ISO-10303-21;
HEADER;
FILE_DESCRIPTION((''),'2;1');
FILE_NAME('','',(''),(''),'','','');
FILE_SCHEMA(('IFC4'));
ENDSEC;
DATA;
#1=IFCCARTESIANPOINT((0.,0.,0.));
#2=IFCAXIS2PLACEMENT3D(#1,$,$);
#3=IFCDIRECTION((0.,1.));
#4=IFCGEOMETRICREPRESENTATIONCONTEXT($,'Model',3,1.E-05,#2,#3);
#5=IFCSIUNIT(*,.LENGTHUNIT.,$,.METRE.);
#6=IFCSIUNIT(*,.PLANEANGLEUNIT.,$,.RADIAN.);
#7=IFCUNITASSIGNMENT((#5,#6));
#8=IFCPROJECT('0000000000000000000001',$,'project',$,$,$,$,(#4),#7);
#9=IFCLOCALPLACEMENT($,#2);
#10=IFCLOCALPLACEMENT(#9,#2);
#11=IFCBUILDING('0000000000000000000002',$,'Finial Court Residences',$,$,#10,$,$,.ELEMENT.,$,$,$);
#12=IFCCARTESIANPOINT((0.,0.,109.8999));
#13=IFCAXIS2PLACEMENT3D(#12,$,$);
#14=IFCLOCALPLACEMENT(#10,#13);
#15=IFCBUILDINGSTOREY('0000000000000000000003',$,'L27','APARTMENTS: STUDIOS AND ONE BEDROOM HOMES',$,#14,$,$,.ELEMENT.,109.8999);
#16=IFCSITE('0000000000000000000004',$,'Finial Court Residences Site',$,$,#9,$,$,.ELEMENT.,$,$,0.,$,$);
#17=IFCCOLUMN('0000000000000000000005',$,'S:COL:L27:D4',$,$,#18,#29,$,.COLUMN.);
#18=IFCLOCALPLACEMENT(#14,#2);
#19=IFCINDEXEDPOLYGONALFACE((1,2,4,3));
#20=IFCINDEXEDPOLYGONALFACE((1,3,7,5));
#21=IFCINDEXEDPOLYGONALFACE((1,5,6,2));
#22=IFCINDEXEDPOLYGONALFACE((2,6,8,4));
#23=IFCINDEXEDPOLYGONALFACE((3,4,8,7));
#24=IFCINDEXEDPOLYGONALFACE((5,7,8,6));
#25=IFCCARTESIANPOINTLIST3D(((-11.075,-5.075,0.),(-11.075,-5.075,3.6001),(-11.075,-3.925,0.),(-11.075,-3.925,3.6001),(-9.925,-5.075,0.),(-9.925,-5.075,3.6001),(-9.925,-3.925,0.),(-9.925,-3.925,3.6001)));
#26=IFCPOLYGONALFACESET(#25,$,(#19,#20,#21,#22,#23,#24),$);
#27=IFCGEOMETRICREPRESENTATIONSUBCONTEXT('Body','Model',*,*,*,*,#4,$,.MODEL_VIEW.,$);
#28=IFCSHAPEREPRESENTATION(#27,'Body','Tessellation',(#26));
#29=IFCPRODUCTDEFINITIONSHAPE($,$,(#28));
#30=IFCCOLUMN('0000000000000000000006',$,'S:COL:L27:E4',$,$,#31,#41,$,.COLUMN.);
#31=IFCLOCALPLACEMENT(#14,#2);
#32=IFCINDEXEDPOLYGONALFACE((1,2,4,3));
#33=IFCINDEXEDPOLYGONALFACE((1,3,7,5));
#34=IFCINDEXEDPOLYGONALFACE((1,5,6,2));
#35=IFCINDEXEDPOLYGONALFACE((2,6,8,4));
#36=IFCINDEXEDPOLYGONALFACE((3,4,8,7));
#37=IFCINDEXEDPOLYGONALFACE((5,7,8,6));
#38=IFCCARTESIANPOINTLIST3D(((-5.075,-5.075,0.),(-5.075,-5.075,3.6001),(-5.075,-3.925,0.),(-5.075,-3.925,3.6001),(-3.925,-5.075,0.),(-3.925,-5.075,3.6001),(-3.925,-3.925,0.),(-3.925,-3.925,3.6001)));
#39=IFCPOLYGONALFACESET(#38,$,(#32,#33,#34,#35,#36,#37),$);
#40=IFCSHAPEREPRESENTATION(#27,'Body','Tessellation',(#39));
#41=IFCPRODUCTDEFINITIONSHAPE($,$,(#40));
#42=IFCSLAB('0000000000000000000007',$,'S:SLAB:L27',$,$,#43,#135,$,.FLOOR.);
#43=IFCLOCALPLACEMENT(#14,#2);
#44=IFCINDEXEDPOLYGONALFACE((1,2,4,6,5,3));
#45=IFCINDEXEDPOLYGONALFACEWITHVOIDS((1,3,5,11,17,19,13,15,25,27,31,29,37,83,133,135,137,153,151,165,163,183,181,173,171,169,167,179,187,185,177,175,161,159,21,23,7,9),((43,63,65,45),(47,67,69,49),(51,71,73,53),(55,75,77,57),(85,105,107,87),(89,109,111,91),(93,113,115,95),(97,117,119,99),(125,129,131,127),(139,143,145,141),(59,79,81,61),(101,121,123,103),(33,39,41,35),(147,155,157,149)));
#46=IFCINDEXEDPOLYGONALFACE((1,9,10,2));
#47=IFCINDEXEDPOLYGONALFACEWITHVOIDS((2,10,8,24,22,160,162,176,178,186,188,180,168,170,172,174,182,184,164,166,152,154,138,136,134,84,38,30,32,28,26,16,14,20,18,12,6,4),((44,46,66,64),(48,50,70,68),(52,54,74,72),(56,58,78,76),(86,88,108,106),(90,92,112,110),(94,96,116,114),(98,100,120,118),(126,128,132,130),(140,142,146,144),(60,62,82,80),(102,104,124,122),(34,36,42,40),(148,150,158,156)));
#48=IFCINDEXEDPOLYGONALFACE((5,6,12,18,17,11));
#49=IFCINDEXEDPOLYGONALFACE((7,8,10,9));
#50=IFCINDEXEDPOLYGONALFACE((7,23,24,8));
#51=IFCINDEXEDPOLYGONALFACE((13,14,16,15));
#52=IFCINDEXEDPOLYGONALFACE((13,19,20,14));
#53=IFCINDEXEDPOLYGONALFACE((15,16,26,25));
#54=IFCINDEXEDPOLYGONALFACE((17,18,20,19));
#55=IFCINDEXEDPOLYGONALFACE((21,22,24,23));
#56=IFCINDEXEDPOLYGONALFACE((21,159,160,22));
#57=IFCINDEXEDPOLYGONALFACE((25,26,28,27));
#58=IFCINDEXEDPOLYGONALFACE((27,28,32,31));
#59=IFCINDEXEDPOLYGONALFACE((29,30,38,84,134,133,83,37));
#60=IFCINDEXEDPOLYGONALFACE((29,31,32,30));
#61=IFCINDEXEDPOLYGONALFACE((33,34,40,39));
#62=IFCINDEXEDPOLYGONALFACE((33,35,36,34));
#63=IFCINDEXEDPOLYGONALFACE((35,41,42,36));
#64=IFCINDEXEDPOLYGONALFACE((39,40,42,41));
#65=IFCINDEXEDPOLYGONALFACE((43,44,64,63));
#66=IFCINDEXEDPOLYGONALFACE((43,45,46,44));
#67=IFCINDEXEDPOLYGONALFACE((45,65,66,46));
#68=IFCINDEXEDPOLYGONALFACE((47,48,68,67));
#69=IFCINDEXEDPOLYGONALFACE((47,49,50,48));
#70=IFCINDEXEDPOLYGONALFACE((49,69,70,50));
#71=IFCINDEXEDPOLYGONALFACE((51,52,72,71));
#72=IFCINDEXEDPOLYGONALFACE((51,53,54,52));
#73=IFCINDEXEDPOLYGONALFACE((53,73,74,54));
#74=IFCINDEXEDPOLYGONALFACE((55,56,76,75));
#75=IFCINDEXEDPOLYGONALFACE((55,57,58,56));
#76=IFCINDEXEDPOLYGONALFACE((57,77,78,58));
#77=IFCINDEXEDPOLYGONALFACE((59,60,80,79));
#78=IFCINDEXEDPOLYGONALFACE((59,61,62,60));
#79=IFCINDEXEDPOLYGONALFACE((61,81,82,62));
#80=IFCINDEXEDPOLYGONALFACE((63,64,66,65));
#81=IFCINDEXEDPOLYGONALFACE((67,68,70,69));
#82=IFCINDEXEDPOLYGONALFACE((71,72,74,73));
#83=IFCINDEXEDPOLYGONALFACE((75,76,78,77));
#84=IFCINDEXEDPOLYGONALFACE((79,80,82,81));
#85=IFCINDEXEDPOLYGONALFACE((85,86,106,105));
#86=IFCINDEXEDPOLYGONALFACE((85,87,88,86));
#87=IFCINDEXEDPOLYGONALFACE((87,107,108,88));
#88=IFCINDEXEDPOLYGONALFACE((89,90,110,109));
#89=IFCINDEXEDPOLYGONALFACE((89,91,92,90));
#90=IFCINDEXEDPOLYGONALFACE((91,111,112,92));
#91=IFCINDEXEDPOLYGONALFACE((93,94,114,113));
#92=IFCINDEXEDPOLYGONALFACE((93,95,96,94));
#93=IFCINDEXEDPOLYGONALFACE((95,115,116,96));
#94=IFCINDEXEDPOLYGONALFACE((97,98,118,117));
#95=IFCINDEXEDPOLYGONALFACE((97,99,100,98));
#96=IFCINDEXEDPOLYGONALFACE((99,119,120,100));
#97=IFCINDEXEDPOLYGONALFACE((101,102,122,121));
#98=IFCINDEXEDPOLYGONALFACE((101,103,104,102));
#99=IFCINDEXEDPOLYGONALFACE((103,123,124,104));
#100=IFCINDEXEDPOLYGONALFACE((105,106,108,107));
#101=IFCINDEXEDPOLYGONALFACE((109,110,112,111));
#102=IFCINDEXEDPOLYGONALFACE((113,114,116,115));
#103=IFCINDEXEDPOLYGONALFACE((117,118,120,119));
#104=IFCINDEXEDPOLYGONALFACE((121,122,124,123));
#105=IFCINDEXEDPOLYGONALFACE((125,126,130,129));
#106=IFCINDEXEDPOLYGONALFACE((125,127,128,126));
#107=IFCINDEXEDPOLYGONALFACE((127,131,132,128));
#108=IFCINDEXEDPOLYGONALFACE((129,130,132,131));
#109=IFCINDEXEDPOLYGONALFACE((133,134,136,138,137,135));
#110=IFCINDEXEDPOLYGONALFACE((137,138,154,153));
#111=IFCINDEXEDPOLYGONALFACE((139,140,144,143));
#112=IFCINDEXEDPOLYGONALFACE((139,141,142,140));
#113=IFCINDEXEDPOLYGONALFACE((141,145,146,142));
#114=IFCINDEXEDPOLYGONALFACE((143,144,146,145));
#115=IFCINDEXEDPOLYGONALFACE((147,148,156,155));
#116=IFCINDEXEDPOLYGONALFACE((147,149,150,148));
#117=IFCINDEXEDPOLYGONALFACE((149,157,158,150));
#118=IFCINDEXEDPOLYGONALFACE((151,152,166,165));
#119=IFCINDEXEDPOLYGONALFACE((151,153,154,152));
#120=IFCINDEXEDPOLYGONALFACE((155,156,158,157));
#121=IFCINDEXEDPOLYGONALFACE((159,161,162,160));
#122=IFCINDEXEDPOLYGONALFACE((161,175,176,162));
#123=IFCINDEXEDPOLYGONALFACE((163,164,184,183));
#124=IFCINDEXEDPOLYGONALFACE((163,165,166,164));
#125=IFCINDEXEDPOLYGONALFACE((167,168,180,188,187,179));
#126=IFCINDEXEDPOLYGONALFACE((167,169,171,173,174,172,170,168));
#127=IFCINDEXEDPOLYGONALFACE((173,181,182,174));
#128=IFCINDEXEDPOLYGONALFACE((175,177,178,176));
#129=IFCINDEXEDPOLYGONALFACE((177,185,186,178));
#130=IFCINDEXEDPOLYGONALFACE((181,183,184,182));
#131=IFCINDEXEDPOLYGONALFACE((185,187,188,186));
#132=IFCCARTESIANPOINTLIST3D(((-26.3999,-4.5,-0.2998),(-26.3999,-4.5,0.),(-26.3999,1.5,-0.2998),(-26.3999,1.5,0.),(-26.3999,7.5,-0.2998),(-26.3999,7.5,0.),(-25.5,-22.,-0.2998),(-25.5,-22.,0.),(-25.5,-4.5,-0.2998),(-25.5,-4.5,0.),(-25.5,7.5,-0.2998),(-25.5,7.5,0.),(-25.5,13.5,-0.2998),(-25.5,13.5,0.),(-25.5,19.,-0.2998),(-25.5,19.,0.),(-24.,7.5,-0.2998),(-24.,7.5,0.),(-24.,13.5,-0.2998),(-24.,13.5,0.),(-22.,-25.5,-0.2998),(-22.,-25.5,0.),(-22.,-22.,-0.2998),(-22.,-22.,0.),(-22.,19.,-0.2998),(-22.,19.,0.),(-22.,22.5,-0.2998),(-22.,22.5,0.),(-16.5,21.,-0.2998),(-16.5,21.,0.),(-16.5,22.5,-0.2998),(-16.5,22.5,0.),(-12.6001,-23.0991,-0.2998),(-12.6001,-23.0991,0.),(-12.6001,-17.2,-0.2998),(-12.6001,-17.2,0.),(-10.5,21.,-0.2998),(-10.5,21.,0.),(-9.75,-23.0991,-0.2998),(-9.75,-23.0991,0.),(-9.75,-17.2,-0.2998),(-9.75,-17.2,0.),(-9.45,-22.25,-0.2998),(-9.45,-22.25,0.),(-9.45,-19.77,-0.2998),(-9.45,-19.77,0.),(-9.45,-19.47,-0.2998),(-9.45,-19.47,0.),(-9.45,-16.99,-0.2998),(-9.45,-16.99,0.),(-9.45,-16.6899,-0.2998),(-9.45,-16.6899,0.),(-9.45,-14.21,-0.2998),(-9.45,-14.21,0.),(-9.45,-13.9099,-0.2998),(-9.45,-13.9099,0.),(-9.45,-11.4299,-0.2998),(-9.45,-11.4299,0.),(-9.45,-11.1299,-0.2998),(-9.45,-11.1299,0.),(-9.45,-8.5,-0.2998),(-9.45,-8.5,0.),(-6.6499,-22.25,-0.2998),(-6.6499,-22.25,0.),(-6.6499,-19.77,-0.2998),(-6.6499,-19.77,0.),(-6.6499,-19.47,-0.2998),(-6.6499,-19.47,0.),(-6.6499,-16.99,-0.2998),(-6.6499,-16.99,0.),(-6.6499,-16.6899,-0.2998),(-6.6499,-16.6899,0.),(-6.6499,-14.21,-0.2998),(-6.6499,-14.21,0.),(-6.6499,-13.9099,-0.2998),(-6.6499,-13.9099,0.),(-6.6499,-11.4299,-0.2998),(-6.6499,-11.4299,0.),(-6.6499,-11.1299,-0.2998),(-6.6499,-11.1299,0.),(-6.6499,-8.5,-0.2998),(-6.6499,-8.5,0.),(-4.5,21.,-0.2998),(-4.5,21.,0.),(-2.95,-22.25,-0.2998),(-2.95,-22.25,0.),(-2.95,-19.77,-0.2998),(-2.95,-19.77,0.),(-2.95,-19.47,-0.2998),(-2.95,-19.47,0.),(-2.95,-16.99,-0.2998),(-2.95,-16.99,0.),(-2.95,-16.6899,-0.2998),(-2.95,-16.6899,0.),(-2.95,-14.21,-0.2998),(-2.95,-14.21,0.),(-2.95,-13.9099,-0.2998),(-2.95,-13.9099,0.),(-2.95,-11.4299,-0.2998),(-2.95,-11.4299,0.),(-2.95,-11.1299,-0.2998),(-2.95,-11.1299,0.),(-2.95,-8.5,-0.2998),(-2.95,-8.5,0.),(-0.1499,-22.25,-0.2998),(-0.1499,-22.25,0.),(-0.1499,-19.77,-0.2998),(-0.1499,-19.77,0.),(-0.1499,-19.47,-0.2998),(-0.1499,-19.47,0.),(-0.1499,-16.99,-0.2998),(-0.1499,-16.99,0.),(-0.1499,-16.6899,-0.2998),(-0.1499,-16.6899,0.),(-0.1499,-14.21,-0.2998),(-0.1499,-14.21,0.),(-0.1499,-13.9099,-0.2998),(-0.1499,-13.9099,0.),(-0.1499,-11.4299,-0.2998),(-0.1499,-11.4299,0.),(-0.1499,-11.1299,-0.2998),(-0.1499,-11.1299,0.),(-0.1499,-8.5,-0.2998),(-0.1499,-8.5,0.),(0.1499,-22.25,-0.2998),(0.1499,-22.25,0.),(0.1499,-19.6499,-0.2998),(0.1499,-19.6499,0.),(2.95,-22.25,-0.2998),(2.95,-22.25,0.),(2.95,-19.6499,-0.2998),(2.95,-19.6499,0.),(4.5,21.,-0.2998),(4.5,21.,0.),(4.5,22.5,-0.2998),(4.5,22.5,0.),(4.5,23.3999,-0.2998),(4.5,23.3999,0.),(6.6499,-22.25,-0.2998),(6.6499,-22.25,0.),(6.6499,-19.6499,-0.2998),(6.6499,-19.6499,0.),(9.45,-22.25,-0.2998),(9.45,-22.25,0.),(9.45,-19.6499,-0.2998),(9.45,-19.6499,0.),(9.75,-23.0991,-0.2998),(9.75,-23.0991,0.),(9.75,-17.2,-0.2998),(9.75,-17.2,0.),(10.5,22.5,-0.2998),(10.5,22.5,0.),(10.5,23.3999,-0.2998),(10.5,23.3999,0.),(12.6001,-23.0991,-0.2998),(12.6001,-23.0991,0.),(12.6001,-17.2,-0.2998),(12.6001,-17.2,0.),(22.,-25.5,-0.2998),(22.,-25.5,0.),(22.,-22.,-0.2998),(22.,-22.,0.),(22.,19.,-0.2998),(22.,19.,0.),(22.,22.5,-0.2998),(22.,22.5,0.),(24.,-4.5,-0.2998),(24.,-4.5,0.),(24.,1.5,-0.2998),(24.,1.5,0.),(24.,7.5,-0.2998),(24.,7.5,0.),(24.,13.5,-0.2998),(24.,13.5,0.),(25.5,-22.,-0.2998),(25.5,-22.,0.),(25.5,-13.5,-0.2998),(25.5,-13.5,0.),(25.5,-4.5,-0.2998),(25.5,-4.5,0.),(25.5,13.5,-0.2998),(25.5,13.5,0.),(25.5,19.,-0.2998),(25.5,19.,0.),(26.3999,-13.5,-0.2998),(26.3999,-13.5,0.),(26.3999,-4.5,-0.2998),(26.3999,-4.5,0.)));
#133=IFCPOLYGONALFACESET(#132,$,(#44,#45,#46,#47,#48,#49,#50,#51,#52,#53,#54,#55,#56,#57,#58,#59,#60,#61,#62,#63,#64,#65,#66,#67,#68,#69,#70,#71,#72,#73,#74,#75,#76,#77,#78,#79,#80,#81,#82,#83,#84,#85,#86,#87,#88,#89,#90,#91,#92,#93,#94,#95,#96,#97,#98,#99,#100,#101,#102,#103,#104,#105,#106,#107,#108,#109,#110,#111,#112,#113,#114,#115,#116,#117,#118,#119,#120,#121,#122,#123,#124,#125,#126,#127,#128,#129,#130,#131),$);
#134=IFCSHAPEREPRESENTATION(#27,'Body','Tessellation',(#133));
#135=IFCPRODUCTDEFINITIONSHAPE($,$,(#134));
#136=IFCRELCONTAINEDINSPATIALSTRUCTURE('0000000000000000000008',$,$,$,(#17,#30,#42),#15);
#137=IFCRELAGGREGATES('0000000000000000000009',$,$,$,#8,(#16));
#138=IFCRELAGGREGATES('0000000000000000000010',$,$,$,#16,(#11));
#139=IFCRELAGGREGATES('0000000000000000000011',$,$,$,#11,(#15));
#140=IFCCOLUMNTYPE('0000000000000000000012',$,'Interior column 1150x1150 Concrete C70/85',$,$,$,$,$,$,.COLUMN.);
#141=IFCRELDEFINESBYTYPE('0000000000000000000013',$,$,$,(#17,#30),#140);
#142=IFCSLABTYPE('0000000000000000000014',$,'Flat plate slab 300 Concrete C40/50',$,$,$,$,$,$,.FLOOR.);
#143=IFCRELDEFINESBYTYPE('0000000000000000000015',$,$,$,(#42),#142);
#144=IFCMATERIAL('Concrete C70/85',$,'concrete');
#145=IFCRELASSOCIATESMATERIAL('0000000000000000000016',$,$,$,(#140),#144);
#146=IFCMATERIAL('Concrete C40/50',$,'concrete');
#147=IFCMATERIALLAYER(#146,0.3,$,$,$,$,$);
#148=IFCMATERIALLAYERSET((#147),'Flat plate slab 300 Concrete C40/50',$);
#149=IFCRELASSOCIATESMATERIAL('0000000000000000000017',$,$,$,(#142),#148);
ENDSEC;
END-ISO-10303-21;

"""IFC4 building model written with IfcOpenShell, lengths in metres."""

from ifc_helpers import new_model, si_unit, direction, frame, origin, origin_2d, place, context, subcontext, project, spatial, polyline, rectangle, outline, extrude, material, layer, layer_set, material_profile, profile_set, type_object, element, save


model = new_model("IFC4")

# Units and contexts
model_context = context("Model", 3, precision=1e-05, world=origin(), true_north=direction((0.0, 1.0)))
body_context = subcontext(model_context, "Body", "Model", "MODEL_VIEW")
ifc_project = project(units=[si_unit("LENGTHUNIT", "METRE"), si_unit("PLANEANGLEUNIT", "RADIAN")], contexts=[model_context])

# Site, building, storey
site_placement = place(None, origin())
site = spatial("IfcSite", under=ifc_project, at=site_placement, Name="Finial Court Residences Site", CompositionType="ELEMENT", RefElevation=0.0)
building_placement = place(site_placement, origin())
building = spatial("IfcBuilding", under=site, at=building_placement, Name="Finial Court Residences", CompositionType="ELEMENT")
storey_placement = place(building_placement, frame((0.0, 0.0, 109.8999)))
storey = spatial("IfcBuildingStorey", under=building, at=storey_placement, Name="L27", Description="APARTMENTS: STUDIOS AND ONE BEDROOM HOMES", CompositionType="ELEMENT", Elevation=109.8999)

# Columns
ifc_material_1 = material(Name="Concrete C70/85", Category="concrete")
ifc_material_profile = material_profile(ifc_material_1, rectangle(XDim=1.1499, YDim=1.1499, at=origin_2d()), Name="1150x1150")
ifc_profile_set = profile_set([ifc_material_profile], Name="Concrete C70/85")
column_type = type_object("IfcColumnType", Name="Interior column 1150x1150 Concrete C70/85", PredefinedType="COLUMN", material=ifc_profile_set)
for number, where, z_axis, x_axis, name in (
    (1, (-10.5, -4.5, 0.0), (0.0, 0.0, 1.0), (1.0, 0.0, 0.0), "S:COL:L27:D4"),
    (2, (-4.5, -4.5, 0.0), (0.0, 0.0, 1.0), (1.0, 0.0, 0.0), "S:COL:L27:E4"),
):
    element("IfcColumn", number, at=place(storey_placement, frame(where, z_axis=z_axis, x_axis=x_axis)), inside=storey, type_object=column_type, Name=name, PredefinedType="COLUMN", context=body_context, shape_type="SweptSolid", body=[
        extrude(rectangle(XDim=1.1499, YDim=1.1499, at=origin_2d()), origin(), (0.0, 0.0, 1.0), 3.6001),
    ])

# Slab
ifc_material_2 = material(Name="Concrete C40/50", Category="concrete")
ifc_layer_1 = layer(ifc_material_2, 0.3)
ifc_layer_set_1 = layer_set([ifc_layer_1], Name="Flat plate slab 300 Concrete C40/50")
slab_type = type_object("IfcSlabType", Name="Flat plate slab 300 Concrete C40/50", PredefinedType="FLOOR", material=ifc_layer_set_1)
slab_placement = place(storey_placement, frame((0.0, 0.0, -0.2998)))
element("IfcSlab", 3, at=slab_placement, inside=storey, type_object=slab_type, Name="S:SLAB:L27", PredefinedType="FLOOR", context=body_context, shape_type="SweptSolid", body=[
    extrude(outline(polyline([(-26.3999, -4.5), (-26.3999, 1.5), (-26.3999, 7.5), (-25.5, 7.5), (-24.0, 7.5), (-24.0, 13.5), (-25.5, 13.5), (-25.5, 19.0), (-22.0, 19.0), (-22.0, 22.5), (-16.5, 22.5), (-16.5, 21.0), (-10.5, 21.0), (-4.5, 21.0), (4.5, 21.0), (4.5, 22.5), (4.5, 23.3999), (10.5, 23.3999), (10.5, 22.5), (22.0, 22.5), (22.0, 19.0), (25.5, 19.0), (25.5, 13.5), (24.0, 13.5), (24.0, 7.5), (24.0, 1.5), (24.0, -4.5), (25.5, -4.5), (26.3999, -4.5), (26.3999, -13.5), (25.5, -13.5), (25.5, -22.0), (22.0, -22.0), (22.0, -25.5), (-22.0, -25.5), (-22.0, -22.0), (-25.5, -22.0), (-25.5, -4.5), (-26.3999, -4.5)]), holes=[polyline([(-6.6499, -19.77), (-9.45, -19.77), (-9.45, -22.25), (-6.6499, -22.25), (-6.6499, -19.77)]), polyline([(-9.75, -17.2), (-12.6001, -17.2), (-12.6001, -23.0991), (-9.75, -23.0991), (-9.75, -17.2)]), polyline([(-6.6499, -19.47), (-6.6499, -16.99), (-9.45, -16.99), (-9.45, -19.47), (-6.6499, -19.47)]), polyline([(-6.6499, -16.6899), (-6.6499, -14.21), (-9.45, -14.21), (-9.45, -16.6899), (-6.6499, -16.6899)]), polyline([(-6.6499, -13.9099), (-6.6499, -11.4299), (-9.45, -11.4299), (-9.45, -13.9099), (-6.6499, -13.9099)]), polyline([(-6.6499, -11.1299), (-6.6499, -8.5), (-9.45, -8.5), (-9.45, -11.1299), (-6.6499, -11.1299)]), polyline([(-0.1499, -11.1299), (-0.1499, -8.5), (-2.95, -8.5), (-2.95, -11.1299), (-0.1499, -11.1299)]), polyline([(-0.1499, -19.77), (-2.95, -19.77), (-2.95, -22.25), (-0.1499, -22.25), (-0.1499, -19.77)]), polyline([(2.95, -22.25), (2.95, -19.6499), (0.1499, -19.6499), (0.1499, -22.25), (2.95, -22.25)]), polyline([(9.45, -22.25), (9.45, -19.6499), (6.6499, -19.6499), (6.6499, -22.25), (9.45, -22.25)]), polyline([(12.6001, -17.2), (9.75, -17.2), (9.75, -23.0991), (12.6001, -23.0991), (12.6001, -17.2)]), polyline([(-0.1499, -19.47), (-0.1499, -16.99), (-2.95, -16.99), (-2.95, -19.47), (-0.1499, -19.47)]), polyline([(-0.1499, -16.6899), (-0.1499, -14.21), (-2.95, -14.21), (-2.95, -16.6899), (-0.1499, -16.6899)]), polyline([(-0.1499, -13.9099), (-0.1499, -11.4299), (-2.95, -11.4299), (-2.95, -13.9099), (-0.1499, -13.9099)])]), origin(), (0.0, 0.0, 1.0), 0.2998),
])

save(model, "model.ifc")
